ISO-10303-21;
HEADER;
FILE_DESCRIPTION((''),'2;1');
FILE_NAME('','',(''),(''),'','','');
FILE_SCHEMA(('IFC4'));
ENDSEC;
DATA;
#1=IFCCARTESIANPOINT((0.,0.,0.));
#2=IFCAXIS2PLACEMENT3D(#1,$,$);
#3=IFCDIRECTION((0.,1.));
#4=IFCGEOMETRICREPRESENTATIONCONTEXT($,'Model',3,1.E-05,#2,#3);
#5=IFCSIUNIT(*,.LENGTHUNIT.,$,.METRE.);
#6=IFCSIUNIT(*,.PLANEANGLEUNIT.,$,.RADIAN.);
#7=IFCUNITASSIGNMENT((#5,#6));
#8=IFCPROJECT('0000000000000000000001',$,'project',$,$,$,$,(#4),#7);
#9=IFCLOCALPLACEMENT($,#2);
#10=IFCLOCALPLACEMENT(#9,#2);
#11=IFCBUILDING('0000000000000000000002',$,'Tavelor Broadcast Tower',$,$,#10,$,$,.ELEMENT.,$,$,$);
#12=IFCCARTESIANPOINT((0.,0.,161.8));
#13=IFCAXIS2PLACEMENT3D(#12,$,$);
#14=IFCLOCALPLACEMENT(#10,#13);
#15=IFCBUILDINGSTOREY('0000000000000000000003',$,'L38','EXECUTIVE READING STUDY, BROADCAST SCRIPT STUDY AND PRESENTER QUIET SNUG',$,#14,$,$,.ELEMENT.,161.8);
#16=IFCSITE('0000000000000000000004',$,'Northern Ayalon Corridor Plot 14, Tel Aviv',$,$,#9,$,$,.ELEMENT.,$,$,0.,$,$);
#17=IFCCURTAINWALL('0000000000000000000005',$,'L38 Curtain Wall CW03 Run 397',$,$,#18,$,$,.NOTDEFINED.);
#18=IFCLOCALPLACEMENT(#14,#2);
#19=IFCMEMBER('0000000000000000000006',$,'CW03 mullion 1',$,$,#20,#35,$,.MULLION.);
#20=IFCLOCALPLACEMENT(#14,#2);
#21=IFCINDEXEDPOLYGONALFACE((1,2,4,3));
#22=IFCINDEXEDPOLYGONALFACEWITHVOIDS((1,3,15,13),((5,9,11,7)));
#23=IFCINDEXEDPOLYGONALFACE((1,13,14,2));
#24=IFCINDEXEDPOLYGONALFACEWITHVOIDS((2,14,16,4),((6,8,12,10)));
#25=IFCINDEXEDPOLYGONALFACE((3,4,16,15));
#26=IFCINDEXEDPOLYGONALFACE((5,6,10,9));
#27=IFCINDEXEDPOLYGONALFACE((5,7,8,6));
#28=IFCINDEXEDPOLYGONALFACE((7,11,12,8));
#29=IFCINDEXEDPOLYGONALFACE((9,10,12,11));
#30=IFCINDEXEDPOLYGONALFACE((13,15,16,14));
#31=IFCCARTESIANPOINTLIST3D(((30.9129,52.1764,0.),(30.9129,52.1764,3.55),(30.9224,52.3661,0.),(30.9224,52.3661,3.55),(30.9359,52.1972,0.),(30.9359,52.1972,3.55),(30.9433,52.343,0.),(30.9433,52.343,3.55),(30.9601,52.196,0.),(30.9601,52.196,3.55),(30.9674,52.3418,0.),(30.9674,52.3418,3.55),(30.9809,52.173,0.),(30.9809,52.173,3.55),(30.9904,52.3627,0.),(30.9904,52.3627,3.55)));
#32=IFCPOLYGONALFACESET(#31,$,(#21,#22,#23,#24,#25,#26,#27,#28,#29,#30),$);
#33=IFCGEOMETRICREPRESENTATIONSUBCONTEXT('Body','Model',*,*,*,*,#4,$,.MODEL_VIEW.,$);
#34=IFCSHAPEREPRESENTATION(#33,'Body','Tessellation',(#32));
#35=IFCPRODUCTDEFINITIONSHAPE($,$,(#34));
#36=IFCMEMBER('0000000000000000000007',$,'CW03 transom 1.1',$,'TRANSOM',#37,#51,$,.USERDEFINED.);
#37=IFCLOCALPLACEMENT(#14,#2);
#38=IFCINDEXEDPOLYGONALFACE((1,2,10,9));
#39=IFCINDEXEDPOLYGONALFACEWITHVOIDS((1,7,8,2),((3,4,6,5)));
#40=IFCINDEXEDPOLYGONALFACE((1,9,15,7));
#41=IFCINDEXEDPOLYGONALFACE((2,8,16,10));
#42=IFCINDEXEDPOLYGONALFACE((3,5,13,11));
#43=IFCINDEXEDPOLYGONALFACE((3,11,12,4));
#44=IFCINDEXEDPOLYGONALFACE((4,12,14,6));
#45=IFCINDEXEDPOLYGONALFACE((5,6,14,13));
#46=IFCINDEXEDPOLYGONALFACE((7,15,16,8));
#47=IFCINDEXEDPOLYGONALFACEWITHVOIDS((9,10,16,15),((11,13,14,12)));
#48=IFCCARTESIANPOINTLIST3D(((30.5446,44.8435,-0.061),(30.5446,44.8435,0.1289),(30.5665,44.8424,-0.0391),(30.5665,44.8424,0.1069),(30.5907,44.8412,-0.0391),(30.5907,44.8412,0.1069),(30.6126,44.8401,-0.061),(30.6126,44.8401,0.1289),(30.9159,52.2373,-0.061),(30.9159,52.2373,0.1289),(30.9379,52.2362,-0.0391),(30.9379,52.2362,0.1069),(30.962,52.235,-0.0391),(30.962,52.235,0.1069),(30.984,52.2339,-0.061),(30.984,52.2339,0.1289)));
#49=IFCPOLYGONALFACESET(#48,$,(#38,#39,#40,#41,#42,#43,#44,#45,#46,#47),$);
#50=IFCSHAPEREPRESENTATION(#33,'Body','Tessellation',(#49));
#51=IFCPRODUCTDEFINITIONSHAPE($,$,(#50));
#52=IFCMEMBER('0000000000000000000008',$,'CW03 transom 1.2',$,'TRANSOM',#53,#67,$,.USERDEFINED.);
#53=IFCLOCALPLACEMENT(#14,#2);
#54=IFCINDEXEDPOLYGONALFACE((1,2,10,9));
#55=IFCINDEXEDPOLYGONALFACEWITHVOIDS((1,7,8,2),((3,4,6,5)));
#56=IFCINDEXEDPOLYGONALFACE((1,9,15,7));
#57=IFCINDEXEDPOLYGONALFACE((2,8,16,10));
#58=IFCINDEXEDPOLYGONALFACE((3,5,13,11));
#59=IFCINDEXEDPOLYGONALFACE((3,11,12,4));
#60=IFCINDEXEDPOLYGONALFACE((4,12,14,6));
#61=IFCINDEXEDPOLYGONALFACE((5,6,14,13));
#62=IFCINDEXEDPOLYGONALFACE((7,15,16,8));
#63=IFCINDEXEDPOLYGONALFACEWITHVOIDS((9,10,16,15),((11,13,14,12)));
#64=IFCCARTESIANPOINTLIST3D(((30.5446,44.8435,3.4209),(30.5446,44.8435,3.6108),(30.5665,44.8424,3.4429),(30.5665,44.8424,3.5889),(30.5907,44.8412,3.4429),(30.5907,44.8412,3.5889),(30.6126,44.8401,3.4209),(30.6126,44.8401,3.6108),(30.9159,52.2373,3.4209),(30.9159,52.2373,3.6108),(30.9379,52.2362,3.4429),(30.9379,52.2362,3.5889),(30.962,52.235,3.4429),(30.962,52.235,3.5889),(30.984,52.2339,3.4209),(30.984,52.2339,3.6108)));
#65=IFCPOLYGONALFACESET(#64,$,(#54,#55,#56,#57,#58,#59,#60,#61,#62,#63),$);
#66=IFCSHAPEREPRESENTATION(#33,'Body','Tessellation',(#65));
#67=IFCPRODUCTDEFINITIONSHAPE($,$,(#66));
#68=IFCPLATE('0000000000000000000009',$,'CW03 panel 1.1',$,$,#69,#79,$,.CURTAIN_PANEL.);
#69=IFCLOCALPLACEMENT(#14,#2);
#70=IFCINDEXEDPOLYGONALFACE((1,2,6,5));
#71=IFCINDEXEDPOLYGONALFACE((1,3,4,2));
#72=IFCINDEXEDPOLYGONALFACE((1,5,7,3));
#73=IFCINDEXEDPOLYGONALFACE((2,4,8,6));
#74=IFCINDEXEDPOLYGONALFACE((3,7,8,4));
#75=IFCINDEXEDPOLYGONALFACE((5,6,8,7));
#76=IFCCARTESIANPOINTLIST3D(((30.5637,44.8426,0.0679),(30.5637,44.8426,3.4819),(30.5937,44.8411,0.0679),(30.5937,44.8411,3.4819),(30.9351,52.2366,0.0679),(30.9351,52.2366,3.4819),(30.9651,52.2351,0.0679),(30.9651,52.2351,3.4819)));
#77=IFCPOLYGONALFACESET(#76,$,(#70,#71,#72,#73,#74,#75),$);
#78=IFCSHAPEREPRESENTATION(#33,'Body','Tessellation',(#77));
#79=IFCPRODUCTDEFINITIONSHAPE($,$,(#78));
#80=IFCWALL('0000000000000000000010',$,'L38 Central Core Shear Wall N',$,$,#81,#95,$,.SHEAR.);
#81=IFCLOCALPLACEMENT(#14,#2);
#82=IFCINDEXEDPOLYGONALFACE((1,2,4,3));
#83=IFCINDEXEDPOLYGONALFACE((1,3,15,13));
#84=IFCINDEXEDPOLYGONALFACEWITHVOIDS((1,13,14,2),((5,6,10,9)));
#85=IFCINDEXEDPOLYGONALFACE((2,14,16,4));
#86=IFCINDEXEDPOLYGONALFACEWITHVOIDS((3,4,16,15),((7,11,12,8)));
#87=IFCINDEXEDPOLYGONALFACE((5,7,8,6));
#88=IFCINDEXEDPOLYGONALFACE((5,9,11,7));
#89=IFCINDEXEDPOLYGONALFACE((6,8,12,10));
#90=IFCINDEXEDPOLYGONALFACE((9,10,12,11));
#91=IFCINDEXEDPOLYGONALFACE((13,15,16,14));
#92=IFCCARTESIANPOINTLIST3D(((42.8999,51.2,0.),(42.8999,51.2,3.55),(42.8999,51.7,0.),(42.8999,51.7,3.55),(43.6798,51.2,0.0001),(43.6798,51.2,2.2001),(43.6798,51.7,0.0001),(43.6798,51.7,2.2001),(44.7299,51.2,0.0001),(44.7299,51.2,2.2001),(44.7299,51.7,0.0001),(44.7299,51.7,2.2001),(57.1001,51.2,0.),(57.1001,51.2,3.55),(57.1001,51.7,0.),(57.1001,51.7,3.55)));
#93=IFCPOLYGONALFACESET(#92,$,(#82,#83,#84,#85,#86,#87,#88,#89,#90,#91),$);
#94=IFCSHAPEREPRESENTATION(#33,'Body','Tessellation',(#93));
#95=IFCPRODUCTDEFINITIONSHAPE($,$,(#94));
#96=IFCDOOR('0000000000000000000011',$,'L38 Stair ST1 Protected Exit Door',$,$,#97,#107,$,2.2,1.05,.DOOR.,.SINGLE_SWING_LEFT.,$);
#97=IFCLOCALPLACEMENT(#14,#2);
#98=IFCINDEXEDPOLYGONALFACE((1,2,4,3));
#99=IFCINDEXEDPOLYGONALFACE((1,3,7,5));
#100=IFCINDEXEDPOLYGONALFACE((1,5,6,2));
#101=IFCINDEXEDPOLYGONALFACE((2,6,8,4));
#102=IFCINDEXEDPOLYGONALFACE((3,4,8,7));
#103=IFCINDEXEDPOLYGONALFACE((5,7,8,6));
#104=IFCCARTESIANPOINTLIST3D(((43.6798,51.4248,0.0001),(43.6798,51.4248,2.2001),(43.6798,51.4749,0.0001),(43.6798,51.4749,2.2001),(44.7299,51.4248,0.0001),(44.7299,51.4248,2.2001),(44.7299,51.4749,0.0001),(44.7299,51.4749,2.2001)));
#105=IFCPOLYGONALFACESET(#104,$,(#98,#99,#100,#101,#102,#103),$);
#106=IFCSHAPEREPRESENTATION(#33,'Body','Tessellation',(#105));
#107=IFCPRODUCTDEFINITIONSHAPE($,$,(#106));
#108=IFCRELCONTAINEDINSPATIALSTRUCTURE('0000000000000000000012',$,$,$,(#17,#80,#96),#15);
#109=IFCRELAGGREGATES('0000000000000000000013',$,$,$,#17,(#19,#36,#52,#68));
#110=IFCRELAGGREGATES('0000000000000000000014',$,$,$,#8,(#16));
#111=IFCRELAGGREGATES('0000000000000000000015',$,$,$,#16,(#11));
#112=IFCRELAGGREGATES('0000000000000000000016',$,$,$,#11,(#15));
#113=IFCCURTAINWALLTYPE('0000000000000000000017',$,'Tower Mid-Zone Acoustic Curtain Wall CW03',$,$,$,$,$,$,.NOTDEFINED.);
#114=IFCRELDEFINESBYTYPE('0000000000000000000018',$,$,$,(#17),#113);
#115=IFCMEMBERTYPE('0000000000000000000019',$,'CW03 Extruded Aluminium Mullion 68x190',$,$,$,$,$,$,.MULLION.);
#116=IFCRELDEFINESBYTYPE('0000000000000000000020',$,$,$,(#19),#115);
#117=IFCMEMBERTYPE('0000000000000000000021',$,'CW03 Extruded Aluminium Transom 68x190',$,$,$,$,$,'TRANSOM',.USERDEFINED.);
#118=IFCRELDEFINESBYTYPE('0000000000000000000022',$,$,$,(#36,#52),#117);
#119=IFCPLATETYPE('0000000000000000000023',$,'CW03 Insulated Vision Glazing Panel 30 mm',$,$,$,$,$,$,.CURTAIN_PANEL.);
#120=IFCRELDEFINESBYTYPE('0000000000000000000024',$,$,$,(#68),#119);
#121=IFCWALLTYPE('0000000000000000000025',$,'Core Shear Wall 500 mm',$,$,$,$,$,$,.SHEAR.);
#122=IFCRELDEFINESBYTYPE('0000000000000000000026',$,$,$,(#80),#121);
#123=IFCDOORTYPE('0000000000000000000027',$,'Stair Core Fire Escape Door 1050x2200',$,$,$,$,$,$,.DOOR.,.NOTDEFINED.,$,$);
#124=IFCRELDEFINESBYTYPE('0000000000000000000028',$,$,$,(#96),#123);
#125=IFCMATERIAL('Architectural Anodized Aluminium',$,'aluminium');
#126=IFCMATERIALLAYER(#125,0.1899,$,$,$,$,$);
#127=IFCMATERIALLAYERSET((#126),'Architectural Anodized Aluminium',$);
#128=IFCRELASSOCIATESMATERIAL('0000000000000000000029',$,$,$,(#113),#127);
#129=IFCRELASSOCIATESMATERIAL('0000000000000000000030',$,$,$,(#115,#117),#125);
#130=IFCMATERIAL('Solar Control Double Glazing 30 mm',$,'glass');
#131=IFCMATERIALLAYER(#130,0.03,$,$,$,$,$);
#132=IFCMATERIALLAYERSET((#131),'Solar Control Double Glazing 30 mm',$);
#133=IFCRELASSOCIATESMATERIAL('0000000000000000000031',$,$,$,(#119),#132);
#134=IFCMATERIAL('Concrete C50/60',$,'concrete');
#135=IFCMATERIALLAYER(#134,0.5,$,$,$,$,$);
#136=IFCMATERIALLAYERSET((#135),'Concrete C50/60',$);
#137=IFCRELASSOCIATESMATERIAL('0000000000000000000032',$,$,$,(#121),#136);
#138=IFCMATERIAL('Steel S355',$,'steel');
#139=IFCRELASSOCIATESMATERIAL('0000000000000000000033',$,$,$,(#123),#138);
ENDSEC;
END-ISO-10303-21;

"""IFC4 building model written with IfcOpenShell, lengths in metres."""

from ifc_helpers import new_model, si_unit, direction, frame, frame_2d, origin, origin_2d, place, context, subcontext, project, spatial, rectangle, hollow_rectangle, extrude, source, transform, mapped, material, layer, layer_set, material_profile, profile_set, type_object, type_shapes, element, fill, aggregate, save


model = new_model("IFC4")

# Units and contexts
model_context = context("Model", 3, precision=1e-05, world=origin(), true_north=direction((0.0, 1.0)))
body_context = subcontext(model_context, "Body", "Model", "MODEL_VIEW")
ifc_project = project(units=[si_unit("LENGTHUNIT", "METRE"), si_unit("PLANEANGLEUNIT", "RADIAN")], contexts=[model_context])

# Site, building, storey
site_placement = place(None, origin())
site = spatial("IfcSite", under=ifc_project, at=site_placement, Name="Northern Ayalon Corridor Plot 14, Tel Aviv", CompositionType="ELEMENT", RefElevation=0.0)
building_placement = place(site_placement, origin())
building = spatial("IfcBuilding", under=site, at=building_placement, Name="Tavelor Broadcast Tower", CompositionType="ELEMENT")
storey_placement = place(building_placement, frame((0.0, 0.0, 161.8)))
storey = spatial("IfcBuildingStorey", under=building, at=storey_placement, Name="L38", Description="EXECUTIVE READING STUDY, BROADCAST SCRIPT STUDY AND PRESENTER QUIET SNUG", CompositionType="ELEMENT", Elevation=161.8)

# Shared definitions
ifc_material_1 = material(Name="Concrete C50/60", Category="concrete")

# Shared definitions
ifc_material_2 = material(Name="Steel S355", Category="steel")

# Curtain wall, members, plate
ifc_material_3 = material(Name="Architectural Anodized Aluminium", Category="aluminium")
ifc_layer_1 = layer(ifc_material_3, 0.1899)
ifc_layer_set_1 = layer_set([ifc_layer_1], Name="Architectural Anodized Aluminium")
curtain_wall_type = type_object("IfcCurtainWallType", Name="Tower Mid-Zone Acoustic Curtain Wall CW03", PredefinedType="NOTDEFINED", material=ifc_layer_set_1)
curtain_wall_placement = place(storey_placement, origin())
curtain_wall = element("IfcCurtainWall", 1, at=curtain_wall_placement, inside=storey, type_object=curtain_wall_type, Name="L38 Curtain Wall CW03 Run 397", PredefinedType="NOTDEFINED")
ifc_material_profile_1 = material_profile(ifc_material_3, hollow_rectangle(XDim=0.0681, YDim=0.1899, WallThickness=0.022, at=origin_2d()), Name="RHS 68x190x22")
ifc_profile_set_1 = profile_set([ifc_material_profile_1], Name="Architectural Anodized Aluminium")
member_type_1 = type_object("IfcMemberType", Name="CW03 Extruded Aluminium Mullion 68x190", PredefinedType="MULLION", material=ifc_profile_set_1)
shared_shape_1 = source(origin(), body_context, "Body", "SweptSolid", [
    extrude(hollow_rectangle(XDim=0.0681, YDim=0.1899, WallThickness=0.022, at=origin_2d()), origin(), (0.0, 0.0, 1.0), 3.55),
])
type_shapes(member_type_1, [shared_shape_1])
member_1_placement = place(storey_placement, frame((30.9517, 52.2695, 0.0), z_axis=(0.0, 0.0, 1.0), x_axis=(0.998741, -0.050164, 0.0)))
member_1 = element("IfcMember", 2, at=member_1_placement, type_object=member_type_1, Name="CW03 mullion 1", PredefinedType="MULLION", context=body_context, shape_type="MappedRepresentation", body=[
    mapped(shared_shape_1, transform((0.0, 0.0, 0.0), scale=1.0)),
])
ifc_material_profile_2 = material_profile(ifc_material_3, hollow_rectangle(XDim=0.0681, YDim=0.1899, WallThickness=0.022, at=origin_2d()), Name="RHS 68x190x22")
ifc_profile_set_2 = profile_set([ifc_material_profile_2], Name="Architectural Anodized Aluminium")
member_type_2 = type_object("IfcMemberType", Name="CW03 Extruded Aluminium Transom 68x190", ElementType="TRANSOM", PredefinedType="USERDEFINED", material=ifc_profile_set_2)
shared_shape_2 = source(origin(), body_context, "Body", "SweptSolid", [
    extrude(hollow_rectangle(XDim=0.0681, YDim=0.1899, WallThickness=0.022, at=origin_2d()), origin(), (0.0, 0.0, 1.0), 7.4031),
])
type_shapes(member_type_2, [shared_shape_2])
member_2_placement = place(storey_placement, frame((30.95, 52.2356, 0.0339), z_axis=(-0.05016, -0.998741, 0.0), x_axis=(0.998741, -0.05016, 0.0)))
member_2 = element("IfcMember", 3, at=member_2_placement, type_object=member_type_2, Name="CW03 transom 1.1", ObjectType="TRANSOM", PredefinedType="USERDEFINED", context=body_context, shape_type="MappedRepresentation", body=[
    mapped(shared_shape_2, transform((0.0, 0.0, 0.0), scale=1.0)),
])
member_3_placement = place(storey_placement, frame((30.95, 52.2356, 3.5159), z_axis=(-0.05016, -0.998741, 0.0), x_axis=(0.998741, -0.05016, 0.0)))
member_3 = element("IfcMember", 4, at=member_3_placement, type_object=member_type_2, Name="CW03 transom 1.2", ObjectType="TRANSOM", PredefinedType="USERDEFINED", context=body_context, shape_type="MappedRepresentation", body=[
    mapped(shared_shape_2, transform((0.0, 0.0, 0.0), scale=1.0)),
])
ifc_material_4 = material(Name="Solar Control Double Glazing 30 mm", Category="glass")
ifc_layer_2 = layer(ifc_material_4, 0.03)
ifc_layer_set_2 = layer_set([ifc_layer_2], Name="Solar Control Double Glazing 30 mm")
plate_type = type_object("IfcPlateType", Name="CW03 Insulated Vision Glazing Panel 30 mm", PredefinedType="CURTAIN_PANEL", material=ifc_layer_set_2)
shared_shape_3 = source(origin(), body_context, "Body", "SweptSolid", [
    extrude(rectangle(XDim=7.4033, YDim=0.03, at=origin_2d()), origin(), (0.0, 0.0, 1.0), 3.4141),
])
type_shapes(plate_type, [shared_shape_3])
plate_placement = place(storey_placement, frame((30.7644, 48.5388, 0.0679), z_axis=(0.0, 0.0, 1.0), x_axis=(-0.050164, -0.998741, 0.0)))
plate = element("IfcPlate", 5, at=plate_placement, type_object=plate_type, Name="CW03 panel 1.1", PredefinedType="CURTAIN_PANEL", context=body_context, shape_type="MappedRepresentation", body=[
    mapped(shared_shape_3, transform((0.0, 0.0, 0.0), scale=1.0)),
])
aggregate(curtain_wall, [member_1, member_2, member_3, plate])

# Wall, opening, door
ifc_layer_3 = layer(ifc_material_1, 0.5)
ifc_layer_set_3 = layer_set([ifc_layer_3], Name="Concrete C50/60")
wall_type_1 = type_object("IfcWallType", Name="Core Shear Wall 500 mm", PredefinedType="SHEAR", material=ifc_layer_set_3)
wall_1_placement = place(storey_placement, frame((42.8999, 51.45, 0.0), z_axis=(0.0, 0.0, 1.0), x_axis=(1.0, 0.0, 0.0)))
wall_1 = element("IfcWall", 6, at=wall_1_placement, inside=storey, type_object=wall_type_1, Name="L38 Central Core Shear Wall N", PredefinedType="SHEAR", context=body_context, shape_type="SweptSolid", body=[
    extrude(rectangle(XDim=14.2002, YDim=0.5, at=frame_2d((7.1001, 0.0))), origin(), (0.0, 0.0, 1.0), 3.55),
])
opening_1_placement = place(wall_1_placement, frame((0.78, 0.0, 0.0)))
opening_1 = element("IfcOpeningElement", 7, at=opening_1_placement, cuts=wall_1, PredefinedType="OPENING", context=body_context, shape_type="SweptSolid", body=[
    extrude(rectangle(XDim=1.05, YDim=2.2, at=frame_2d((0.5249, 1.1001))), frame((0.0, 0.26, 0.0), z_axis=(0.0, -1.0, 0.0), x_axis=(1.0, 0.0, 0.0)), (0.0, 0.0, 1.0), 0.52),
])
door_type_1 = type_object("IfcDoorType", Name="Stair Core Fire Escape Door 1050x2200", OperationType="NOTDEFINED", PredefinedType="DOOR", material=ifc_material_2)
door_1_placement = place(opening_1_placement, origin())
door_1 = element("IfcDoor", 8, at=door_1_placement, inside=storey, type_object=door_type_1, Name="L38 Stair ST1 Protected Exit Door", OperationType="SINGLE_SWING_LEFT", OverallHeight=2.2, OverallWidth=1.05, PredefinedType="DOOR", context=body_context, shape_type="SweptSolid", body=[
    extrude(rectangle(XDim=1.05, YDim=2.2, at=frame_2d((0.5249, 1.1001))), frame((0.0, 0.0249, 0.0), z_axis=(0.0, -1.0, 0.0), x_axis=(1.0, 0.0, 0.0)), (0.0, 0.0, 1.0), 0.05),
])
fill(opening_1, door_1)

save(model, "model.ifc")
